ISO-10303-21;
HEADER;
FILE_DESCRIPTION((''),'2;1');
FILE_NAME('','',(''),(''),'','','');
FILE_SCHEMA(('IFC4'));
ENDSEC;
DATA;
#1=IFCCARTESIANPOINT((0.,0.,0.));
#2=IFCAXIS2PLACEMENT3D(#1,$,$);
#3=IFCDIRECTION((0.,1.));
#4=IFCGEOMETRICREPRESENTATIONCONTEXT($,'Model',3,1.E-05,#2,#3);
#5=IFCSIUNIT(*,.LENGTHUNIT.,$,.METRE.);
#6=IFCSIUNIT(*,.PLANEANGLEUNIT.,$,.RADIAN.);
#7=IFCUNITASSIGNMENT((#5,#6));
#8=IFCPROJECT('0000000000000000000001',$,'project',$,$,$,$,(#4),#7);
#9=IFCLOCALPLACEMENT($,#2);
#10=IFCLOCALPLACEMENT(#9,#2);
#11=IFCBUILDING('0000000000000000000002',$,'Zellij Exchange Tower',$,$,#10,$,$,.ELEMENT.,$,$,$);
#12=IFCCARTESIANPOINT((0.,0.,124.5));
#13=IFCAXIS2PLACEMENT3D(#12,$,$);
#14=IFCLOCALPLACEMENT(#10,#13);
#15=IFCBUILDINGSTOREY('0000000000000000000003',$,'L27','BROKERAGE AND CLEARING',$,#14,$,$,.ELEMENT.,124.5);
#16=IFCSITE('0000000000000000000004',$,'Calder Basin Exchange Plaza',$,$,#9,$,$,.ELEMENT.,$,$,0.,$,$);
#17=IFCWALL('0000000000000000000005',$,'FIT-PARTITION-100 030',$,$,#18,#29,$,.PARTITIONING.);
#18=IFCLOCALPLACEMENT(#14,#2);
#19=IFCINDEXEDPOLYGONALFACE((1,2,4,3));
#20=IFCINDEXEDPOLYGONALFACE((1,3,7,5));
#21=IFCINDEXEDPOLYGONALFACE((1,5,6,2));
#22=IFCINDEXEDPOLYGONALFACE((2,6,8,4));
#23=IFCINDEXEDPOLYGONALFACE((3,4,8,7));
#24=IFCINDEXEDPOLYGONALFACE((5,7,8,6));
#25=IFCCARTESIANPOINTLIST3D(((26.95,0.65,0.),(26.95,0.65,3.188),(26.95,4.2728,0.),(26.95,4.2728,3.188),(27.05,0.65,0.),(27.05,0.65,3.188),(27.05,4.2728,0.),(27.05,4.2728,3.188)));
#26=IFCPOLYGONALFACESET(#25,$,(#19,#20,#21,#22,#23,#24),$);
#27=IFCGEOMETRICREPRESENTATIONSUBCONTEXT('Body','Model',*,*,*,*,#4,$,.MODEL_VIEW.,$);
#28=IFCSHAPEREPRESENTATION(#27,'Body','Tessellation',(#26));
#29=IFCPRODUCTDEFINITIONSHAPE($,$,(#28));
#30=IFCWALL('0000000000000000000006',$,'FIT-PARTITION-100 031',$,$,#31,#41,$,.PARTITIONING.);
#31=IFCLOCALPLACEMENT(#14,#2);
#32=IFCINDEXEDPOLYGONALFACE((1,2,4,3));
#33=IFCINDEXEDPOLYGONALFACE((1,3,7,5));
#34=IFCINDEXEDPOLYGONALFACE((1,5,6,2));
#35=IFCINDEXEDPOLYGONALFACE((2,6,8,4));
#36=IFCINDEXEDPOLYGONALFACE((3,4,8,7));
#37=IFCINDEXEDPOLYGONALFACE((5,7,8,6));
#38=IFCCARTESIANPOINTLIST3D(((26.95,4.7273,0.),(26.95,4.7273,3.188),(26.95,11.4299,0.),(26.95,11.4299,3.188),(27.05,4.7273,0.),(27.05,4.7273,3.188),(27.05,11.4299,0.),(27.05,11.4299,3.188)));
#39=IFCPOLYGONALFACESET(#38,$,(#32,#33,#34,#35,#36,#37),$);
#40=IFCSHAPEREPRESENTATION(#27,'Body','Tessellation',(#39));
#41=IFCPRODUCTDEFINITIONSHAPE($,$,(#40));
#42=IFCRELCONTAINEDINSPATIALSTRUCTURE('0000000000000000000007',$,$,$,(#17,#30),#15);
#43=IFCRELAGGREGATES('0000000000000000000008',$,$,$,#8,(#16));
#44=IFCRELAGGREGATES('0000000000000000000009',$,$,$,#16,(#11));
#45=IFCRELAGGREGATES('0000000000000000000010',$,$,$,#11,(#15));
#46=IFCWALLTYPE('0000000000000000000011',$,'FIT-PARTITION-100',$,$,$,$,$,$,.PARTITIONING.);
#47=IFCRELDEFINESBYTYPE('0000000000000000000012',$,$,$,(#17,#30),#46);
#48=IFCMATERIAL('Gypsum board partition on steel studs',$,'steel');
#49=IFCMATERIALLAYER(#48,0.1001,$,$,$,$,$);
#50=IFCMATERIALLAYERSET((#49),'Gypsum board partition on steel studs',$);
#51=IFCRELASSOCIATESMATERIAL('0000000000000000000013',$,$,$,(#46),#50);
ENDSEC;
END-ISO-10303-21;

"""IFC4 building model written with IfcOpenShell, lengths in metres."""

from ifc_helpers import new_model, si_unit, direction, frame, frame_2d, origin, place, context, subcontext, project, spatial, rectangle, extrude, material, layer, layer_set, type_object, element, save


model = new_model("IFC4")

# Units and contexts
model_context = context("Model", 3, precision=1e-05, world=origin(), true_north=direction((0.0, 1.0)))
body_context = subcontext(model_context, "Body", "Model", "MODEL_VIEW")
ifc_project = project(units=[si_unit("LENGTHUNIT", "METRE"), si_unit("PLANEANGLEUNIT", "RADIAN")], contexts=[model_context])

# Site, building, storey
site_placement = place(None, origin())
site = spatial("IfcSite", under=ifc_project, at=site_placement, Name="Calder Basin Exchange Plaza", CompositionType="ELEMENT", RefElevation=0.0)
building_placement = place(site_placement, origin())
building = spatial("IfcBuilding", under=site, at=building_placement, Name="Zellij Exchange Tower", CompositionType="ELEMENT")
storey_placement = place(building_placement, frame((0.0, 0.0, 124.5)))
storey = spatial("IfcBuildingStorey", under=building, at=storey_placement, Name="L27", Description="BROKERAGE AND CLEARING", CompositionType="ELEMENT", Elevation=124.5)

# Walls
ifc_material_1 = material(Name="Gypsum board partition on steel studs", Category="steel")
ifc_layer = layer(ifc_material_1, 0.1001)
ifc_layer_set = layer_set([ifc_layer], Name="Gypsum board partition on steel studs")
wall_type = type_object("IfcWallType", Name="FIT-PARTITION-100", PredefinedType="PARTITIONING", material=ifc_layer_set)
wall_1_placement = place(storey_placement, frame((27.0, 0.6499, 0.0), z_axis=(0.0, 0.0, 1.0), x_axis=(0.0, 1.0, 0.0)))
element("IfcWall", 1, at=wall_1_placement, inside=storey, type_object=wall_type, Name="FIT-PARTITION-100 030", PredefinedType="PARTITIONING", context=body_context, shape_type="SweptSolid", body=[
    extrude(rectangle(XDim=3.6228, YDim=0.1001, at=frame_2d((1.8115, 0.0))), origin(), (0.0, 0.0, 1.0), 3.188),
])
wall_2_placement = place(storey_placement, frame((27.0, 4.7273, 0.0), z_axis=(0.0, 0.0, 1.0), x_axis=(0.0, 1.0, 0.0)))
element("IfcWall", 2, at=wall_2_placement, inside=storey, type_object=wall_type, Name="FIT-PARTITION-100 031", PredefinedType="PARTITIONING", context=body_context, shape_type="SweptSolid", body=[
    extrude(rectangle(XDim=6.7026, YDim=0.1001, at=frame_2d((3.3513, 0.0))), origin(), (0.0, 0.0, 1.0), 3.188),
])

save(model, "model.ifc")
